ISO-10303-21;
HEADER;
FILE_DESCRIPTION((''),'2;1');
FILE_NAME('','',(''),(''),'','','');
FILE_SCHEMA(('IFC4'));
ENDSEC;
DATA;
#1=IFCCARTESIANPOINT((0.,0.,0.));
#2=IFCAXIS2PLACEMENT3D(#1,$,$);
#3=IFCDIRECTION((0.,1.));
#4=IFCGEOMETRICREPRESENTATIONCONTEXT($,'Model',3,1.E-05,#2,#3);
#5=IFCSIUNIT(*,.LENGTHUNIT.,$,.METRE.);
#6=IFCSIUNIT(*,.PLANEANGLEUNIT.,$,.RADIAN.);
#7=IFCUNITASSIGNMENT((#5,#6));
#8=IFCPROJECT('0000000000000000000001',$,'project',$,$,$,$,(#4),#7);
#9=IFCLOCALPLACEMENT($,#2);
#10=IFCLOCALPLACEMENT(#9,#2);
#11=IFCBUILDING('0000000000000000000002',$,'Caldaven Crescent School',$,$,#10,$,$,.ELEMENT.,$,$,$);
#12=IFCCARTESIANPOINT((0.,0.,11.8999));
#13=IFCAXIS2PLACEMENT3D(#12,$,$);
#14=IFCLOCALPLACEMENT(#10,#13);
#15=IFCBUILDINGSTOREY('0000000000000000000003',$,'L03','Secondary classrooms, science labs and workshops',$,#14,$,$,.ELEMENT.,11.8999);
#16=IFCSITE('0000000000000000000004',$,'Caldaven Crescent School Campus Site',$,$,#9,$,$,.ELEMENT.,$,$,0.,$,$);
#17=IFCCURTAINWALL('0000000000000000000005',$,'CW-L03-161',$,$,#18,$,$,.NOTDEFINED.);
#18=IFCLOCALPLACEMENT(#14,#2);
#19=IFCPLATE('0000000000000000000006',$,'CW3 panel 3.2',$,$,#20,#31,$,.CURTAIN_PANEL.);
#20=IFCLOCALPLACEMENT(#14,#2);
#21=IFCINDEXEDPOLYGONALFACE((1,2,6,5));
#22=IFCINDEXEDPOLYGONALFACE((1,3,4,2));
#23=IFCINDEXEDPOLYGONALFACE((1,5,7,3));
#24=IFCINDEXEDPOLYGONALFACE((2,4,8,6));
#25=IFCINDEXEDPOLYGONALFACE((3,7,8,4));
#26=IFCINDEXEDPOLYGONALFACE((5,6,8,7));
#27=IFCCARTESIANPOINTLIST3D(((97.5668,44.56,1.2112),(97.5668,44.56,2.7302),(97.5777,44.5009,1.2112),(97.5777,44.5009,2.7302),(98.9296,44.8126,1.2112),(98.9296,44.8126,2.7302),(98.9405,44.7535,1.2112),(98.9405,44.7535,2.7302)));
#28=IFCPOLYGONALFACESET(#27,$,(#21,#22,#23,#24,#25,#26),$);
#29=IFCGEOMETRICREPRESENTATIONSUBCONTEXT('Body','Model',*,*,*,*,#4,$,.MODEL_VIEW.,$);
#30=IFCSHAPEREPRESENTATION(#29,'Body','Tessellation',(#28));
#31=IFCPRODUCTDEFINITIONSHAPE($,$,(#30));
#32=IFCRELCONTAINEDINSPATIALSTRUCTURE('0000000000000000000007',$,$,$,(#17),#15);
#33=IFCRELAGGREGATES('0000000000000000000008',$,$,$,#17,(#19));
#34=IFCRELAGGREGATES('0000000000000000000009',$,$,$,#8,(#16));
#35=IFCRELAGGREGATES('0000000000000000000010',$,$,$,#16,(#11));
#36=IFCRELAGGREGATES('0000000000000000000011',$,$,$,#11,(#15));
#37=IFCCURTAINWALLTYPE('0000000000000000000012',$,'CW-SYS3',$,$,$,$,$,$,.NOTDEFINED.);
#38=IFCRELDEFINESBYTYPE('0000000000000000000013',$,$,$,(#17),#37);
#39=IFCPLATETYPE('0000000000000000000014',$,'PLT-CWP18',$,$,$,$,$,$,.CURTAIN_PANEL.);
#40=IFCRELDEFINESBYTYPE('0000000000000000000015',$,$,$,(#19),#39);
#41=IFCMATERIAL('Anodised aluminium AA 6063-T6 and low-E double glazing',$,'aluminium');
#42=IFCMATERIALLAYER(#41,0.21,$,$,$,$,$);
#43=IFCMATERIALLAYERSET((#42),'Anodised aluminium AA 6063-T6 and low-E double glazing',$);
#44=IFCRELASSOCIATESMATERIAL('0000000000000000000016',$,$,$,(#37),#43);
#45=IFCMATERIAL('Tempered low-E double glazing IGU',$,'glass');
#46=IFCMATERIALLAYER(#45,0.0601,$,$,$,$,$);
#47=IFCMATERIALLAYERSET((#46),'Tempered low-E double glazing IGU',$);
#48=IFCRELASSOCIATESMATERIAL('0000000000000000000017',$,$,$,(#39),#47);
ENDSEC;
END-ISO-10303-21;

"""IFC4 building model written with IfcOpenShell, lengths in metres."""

from ifc_helpers import new_model, si_unit, direction, frame, origin, origin_2d, place, context, subcontext, project, spatial, rectangle, extrude, material, layer, layer_set, type_object, element, aggregate, save


model = new_model("IFC4")

# Units and contexts
model_context = context("Model", 3, precision=1e-05, world=origin(), true_north=direction((0.0, 1.0)))
body_context = subcontext(model_context, "Body", "Model", "MODEL_VIEW")
ifc_project = project(units=[si_unit("LENGTHUNIT", "METRE"), si_unit("PLANEANGLEUNIT", "RADIAN")], contexts=[model_context])

# Site, building, storey
site_placement = place(None, origin())
site = spatial("IfcSite", under=ifc_project, at=site_placement, Name="Caldaven Crescent School Campus Site", CompositionType="ELEMENT", RefElevation=0.0)
building_placement = place(site_placement, origin())
building = spatial("IfcBuilding", under=site, at=building_placement, Name="Caldaven Crescent School", CompositionType="ELEMENT")
storey_placement = place(building_placement, frame((0.0, 0.0, 11.8999)))
storey = spatial("IfcBuildingStorey", under=building, at=storey_placement, Name="L03", Description="Secondary classrooms, science labs and workshops", CompositionType="ELEMENT", Elevation=11.8999)

# Shared definitions
ifc_material_1 = material(Name="Anodised aluminium AA 6063-T6 and low-E double glazing", Category="aluminium")

# Curtain wall
ifc_layer_1 = layer(ifc_material_1, 0.21)
ifc_layer_set_1 = layer_set([ifc_layer_1], Name="Anodised aluminium AA 6063-T6 and low-E double glazing")
curtain_wall_type_1 = type_object("IfcCurtainWallType", Name="CW-SYS3", PredefinedType="NOTDEFINED", material=ifc_layer_set_1)
curtain_wall_1_placement = place(storey_placement, origin())
curtain_wall_1 = element("IfcCurtainWall", 1, at=curtain_wall_1_placement, inside=storey, type_object=curtain_wall_type_1, Name="CW-L03-161", PredefinedType="NOTDEFINED")

# Plate
ifc_material_2 = material(Name="Tempered low-E double glazing IGU", Category="glass")
ifc_layer_2 = layer(ifc_material_2, 0.0601)
ifc_layer_set_2 = layer_set([ifc_layer_2], Name="Tempered low-E double glazing IGU")
plate_type = type_object("IfcPlateType", Name="PLT-CWP18", PredefinedType="CURTAIN_PANEL", material=ifc_layer_set_2)
plate_1_placement = place(storey_placement, frame((98.2537, 44.6567, 1.2112), z_axis=(0.0, 0.0, 1.0), x_axis=(0.983255, 0.182236, 0.0)))
plate_1 = element("IfcPlate", 2, at=plate_1_placement, type_object=plate_type, Name="CW3 panel 3.2", PredefinedType="CURTAIN_PANEL", context=body_context, shape_type="SweptSolid", body=[
    extrude(rectangle(XDim=1.386, YDim=0.0601, at=origin_2d()), origin(), (0.0, 0.0, 1.0), 1.519),
])
aggregate(curtain_wall_1, [plate_1])

save(model, "model.ifc")
